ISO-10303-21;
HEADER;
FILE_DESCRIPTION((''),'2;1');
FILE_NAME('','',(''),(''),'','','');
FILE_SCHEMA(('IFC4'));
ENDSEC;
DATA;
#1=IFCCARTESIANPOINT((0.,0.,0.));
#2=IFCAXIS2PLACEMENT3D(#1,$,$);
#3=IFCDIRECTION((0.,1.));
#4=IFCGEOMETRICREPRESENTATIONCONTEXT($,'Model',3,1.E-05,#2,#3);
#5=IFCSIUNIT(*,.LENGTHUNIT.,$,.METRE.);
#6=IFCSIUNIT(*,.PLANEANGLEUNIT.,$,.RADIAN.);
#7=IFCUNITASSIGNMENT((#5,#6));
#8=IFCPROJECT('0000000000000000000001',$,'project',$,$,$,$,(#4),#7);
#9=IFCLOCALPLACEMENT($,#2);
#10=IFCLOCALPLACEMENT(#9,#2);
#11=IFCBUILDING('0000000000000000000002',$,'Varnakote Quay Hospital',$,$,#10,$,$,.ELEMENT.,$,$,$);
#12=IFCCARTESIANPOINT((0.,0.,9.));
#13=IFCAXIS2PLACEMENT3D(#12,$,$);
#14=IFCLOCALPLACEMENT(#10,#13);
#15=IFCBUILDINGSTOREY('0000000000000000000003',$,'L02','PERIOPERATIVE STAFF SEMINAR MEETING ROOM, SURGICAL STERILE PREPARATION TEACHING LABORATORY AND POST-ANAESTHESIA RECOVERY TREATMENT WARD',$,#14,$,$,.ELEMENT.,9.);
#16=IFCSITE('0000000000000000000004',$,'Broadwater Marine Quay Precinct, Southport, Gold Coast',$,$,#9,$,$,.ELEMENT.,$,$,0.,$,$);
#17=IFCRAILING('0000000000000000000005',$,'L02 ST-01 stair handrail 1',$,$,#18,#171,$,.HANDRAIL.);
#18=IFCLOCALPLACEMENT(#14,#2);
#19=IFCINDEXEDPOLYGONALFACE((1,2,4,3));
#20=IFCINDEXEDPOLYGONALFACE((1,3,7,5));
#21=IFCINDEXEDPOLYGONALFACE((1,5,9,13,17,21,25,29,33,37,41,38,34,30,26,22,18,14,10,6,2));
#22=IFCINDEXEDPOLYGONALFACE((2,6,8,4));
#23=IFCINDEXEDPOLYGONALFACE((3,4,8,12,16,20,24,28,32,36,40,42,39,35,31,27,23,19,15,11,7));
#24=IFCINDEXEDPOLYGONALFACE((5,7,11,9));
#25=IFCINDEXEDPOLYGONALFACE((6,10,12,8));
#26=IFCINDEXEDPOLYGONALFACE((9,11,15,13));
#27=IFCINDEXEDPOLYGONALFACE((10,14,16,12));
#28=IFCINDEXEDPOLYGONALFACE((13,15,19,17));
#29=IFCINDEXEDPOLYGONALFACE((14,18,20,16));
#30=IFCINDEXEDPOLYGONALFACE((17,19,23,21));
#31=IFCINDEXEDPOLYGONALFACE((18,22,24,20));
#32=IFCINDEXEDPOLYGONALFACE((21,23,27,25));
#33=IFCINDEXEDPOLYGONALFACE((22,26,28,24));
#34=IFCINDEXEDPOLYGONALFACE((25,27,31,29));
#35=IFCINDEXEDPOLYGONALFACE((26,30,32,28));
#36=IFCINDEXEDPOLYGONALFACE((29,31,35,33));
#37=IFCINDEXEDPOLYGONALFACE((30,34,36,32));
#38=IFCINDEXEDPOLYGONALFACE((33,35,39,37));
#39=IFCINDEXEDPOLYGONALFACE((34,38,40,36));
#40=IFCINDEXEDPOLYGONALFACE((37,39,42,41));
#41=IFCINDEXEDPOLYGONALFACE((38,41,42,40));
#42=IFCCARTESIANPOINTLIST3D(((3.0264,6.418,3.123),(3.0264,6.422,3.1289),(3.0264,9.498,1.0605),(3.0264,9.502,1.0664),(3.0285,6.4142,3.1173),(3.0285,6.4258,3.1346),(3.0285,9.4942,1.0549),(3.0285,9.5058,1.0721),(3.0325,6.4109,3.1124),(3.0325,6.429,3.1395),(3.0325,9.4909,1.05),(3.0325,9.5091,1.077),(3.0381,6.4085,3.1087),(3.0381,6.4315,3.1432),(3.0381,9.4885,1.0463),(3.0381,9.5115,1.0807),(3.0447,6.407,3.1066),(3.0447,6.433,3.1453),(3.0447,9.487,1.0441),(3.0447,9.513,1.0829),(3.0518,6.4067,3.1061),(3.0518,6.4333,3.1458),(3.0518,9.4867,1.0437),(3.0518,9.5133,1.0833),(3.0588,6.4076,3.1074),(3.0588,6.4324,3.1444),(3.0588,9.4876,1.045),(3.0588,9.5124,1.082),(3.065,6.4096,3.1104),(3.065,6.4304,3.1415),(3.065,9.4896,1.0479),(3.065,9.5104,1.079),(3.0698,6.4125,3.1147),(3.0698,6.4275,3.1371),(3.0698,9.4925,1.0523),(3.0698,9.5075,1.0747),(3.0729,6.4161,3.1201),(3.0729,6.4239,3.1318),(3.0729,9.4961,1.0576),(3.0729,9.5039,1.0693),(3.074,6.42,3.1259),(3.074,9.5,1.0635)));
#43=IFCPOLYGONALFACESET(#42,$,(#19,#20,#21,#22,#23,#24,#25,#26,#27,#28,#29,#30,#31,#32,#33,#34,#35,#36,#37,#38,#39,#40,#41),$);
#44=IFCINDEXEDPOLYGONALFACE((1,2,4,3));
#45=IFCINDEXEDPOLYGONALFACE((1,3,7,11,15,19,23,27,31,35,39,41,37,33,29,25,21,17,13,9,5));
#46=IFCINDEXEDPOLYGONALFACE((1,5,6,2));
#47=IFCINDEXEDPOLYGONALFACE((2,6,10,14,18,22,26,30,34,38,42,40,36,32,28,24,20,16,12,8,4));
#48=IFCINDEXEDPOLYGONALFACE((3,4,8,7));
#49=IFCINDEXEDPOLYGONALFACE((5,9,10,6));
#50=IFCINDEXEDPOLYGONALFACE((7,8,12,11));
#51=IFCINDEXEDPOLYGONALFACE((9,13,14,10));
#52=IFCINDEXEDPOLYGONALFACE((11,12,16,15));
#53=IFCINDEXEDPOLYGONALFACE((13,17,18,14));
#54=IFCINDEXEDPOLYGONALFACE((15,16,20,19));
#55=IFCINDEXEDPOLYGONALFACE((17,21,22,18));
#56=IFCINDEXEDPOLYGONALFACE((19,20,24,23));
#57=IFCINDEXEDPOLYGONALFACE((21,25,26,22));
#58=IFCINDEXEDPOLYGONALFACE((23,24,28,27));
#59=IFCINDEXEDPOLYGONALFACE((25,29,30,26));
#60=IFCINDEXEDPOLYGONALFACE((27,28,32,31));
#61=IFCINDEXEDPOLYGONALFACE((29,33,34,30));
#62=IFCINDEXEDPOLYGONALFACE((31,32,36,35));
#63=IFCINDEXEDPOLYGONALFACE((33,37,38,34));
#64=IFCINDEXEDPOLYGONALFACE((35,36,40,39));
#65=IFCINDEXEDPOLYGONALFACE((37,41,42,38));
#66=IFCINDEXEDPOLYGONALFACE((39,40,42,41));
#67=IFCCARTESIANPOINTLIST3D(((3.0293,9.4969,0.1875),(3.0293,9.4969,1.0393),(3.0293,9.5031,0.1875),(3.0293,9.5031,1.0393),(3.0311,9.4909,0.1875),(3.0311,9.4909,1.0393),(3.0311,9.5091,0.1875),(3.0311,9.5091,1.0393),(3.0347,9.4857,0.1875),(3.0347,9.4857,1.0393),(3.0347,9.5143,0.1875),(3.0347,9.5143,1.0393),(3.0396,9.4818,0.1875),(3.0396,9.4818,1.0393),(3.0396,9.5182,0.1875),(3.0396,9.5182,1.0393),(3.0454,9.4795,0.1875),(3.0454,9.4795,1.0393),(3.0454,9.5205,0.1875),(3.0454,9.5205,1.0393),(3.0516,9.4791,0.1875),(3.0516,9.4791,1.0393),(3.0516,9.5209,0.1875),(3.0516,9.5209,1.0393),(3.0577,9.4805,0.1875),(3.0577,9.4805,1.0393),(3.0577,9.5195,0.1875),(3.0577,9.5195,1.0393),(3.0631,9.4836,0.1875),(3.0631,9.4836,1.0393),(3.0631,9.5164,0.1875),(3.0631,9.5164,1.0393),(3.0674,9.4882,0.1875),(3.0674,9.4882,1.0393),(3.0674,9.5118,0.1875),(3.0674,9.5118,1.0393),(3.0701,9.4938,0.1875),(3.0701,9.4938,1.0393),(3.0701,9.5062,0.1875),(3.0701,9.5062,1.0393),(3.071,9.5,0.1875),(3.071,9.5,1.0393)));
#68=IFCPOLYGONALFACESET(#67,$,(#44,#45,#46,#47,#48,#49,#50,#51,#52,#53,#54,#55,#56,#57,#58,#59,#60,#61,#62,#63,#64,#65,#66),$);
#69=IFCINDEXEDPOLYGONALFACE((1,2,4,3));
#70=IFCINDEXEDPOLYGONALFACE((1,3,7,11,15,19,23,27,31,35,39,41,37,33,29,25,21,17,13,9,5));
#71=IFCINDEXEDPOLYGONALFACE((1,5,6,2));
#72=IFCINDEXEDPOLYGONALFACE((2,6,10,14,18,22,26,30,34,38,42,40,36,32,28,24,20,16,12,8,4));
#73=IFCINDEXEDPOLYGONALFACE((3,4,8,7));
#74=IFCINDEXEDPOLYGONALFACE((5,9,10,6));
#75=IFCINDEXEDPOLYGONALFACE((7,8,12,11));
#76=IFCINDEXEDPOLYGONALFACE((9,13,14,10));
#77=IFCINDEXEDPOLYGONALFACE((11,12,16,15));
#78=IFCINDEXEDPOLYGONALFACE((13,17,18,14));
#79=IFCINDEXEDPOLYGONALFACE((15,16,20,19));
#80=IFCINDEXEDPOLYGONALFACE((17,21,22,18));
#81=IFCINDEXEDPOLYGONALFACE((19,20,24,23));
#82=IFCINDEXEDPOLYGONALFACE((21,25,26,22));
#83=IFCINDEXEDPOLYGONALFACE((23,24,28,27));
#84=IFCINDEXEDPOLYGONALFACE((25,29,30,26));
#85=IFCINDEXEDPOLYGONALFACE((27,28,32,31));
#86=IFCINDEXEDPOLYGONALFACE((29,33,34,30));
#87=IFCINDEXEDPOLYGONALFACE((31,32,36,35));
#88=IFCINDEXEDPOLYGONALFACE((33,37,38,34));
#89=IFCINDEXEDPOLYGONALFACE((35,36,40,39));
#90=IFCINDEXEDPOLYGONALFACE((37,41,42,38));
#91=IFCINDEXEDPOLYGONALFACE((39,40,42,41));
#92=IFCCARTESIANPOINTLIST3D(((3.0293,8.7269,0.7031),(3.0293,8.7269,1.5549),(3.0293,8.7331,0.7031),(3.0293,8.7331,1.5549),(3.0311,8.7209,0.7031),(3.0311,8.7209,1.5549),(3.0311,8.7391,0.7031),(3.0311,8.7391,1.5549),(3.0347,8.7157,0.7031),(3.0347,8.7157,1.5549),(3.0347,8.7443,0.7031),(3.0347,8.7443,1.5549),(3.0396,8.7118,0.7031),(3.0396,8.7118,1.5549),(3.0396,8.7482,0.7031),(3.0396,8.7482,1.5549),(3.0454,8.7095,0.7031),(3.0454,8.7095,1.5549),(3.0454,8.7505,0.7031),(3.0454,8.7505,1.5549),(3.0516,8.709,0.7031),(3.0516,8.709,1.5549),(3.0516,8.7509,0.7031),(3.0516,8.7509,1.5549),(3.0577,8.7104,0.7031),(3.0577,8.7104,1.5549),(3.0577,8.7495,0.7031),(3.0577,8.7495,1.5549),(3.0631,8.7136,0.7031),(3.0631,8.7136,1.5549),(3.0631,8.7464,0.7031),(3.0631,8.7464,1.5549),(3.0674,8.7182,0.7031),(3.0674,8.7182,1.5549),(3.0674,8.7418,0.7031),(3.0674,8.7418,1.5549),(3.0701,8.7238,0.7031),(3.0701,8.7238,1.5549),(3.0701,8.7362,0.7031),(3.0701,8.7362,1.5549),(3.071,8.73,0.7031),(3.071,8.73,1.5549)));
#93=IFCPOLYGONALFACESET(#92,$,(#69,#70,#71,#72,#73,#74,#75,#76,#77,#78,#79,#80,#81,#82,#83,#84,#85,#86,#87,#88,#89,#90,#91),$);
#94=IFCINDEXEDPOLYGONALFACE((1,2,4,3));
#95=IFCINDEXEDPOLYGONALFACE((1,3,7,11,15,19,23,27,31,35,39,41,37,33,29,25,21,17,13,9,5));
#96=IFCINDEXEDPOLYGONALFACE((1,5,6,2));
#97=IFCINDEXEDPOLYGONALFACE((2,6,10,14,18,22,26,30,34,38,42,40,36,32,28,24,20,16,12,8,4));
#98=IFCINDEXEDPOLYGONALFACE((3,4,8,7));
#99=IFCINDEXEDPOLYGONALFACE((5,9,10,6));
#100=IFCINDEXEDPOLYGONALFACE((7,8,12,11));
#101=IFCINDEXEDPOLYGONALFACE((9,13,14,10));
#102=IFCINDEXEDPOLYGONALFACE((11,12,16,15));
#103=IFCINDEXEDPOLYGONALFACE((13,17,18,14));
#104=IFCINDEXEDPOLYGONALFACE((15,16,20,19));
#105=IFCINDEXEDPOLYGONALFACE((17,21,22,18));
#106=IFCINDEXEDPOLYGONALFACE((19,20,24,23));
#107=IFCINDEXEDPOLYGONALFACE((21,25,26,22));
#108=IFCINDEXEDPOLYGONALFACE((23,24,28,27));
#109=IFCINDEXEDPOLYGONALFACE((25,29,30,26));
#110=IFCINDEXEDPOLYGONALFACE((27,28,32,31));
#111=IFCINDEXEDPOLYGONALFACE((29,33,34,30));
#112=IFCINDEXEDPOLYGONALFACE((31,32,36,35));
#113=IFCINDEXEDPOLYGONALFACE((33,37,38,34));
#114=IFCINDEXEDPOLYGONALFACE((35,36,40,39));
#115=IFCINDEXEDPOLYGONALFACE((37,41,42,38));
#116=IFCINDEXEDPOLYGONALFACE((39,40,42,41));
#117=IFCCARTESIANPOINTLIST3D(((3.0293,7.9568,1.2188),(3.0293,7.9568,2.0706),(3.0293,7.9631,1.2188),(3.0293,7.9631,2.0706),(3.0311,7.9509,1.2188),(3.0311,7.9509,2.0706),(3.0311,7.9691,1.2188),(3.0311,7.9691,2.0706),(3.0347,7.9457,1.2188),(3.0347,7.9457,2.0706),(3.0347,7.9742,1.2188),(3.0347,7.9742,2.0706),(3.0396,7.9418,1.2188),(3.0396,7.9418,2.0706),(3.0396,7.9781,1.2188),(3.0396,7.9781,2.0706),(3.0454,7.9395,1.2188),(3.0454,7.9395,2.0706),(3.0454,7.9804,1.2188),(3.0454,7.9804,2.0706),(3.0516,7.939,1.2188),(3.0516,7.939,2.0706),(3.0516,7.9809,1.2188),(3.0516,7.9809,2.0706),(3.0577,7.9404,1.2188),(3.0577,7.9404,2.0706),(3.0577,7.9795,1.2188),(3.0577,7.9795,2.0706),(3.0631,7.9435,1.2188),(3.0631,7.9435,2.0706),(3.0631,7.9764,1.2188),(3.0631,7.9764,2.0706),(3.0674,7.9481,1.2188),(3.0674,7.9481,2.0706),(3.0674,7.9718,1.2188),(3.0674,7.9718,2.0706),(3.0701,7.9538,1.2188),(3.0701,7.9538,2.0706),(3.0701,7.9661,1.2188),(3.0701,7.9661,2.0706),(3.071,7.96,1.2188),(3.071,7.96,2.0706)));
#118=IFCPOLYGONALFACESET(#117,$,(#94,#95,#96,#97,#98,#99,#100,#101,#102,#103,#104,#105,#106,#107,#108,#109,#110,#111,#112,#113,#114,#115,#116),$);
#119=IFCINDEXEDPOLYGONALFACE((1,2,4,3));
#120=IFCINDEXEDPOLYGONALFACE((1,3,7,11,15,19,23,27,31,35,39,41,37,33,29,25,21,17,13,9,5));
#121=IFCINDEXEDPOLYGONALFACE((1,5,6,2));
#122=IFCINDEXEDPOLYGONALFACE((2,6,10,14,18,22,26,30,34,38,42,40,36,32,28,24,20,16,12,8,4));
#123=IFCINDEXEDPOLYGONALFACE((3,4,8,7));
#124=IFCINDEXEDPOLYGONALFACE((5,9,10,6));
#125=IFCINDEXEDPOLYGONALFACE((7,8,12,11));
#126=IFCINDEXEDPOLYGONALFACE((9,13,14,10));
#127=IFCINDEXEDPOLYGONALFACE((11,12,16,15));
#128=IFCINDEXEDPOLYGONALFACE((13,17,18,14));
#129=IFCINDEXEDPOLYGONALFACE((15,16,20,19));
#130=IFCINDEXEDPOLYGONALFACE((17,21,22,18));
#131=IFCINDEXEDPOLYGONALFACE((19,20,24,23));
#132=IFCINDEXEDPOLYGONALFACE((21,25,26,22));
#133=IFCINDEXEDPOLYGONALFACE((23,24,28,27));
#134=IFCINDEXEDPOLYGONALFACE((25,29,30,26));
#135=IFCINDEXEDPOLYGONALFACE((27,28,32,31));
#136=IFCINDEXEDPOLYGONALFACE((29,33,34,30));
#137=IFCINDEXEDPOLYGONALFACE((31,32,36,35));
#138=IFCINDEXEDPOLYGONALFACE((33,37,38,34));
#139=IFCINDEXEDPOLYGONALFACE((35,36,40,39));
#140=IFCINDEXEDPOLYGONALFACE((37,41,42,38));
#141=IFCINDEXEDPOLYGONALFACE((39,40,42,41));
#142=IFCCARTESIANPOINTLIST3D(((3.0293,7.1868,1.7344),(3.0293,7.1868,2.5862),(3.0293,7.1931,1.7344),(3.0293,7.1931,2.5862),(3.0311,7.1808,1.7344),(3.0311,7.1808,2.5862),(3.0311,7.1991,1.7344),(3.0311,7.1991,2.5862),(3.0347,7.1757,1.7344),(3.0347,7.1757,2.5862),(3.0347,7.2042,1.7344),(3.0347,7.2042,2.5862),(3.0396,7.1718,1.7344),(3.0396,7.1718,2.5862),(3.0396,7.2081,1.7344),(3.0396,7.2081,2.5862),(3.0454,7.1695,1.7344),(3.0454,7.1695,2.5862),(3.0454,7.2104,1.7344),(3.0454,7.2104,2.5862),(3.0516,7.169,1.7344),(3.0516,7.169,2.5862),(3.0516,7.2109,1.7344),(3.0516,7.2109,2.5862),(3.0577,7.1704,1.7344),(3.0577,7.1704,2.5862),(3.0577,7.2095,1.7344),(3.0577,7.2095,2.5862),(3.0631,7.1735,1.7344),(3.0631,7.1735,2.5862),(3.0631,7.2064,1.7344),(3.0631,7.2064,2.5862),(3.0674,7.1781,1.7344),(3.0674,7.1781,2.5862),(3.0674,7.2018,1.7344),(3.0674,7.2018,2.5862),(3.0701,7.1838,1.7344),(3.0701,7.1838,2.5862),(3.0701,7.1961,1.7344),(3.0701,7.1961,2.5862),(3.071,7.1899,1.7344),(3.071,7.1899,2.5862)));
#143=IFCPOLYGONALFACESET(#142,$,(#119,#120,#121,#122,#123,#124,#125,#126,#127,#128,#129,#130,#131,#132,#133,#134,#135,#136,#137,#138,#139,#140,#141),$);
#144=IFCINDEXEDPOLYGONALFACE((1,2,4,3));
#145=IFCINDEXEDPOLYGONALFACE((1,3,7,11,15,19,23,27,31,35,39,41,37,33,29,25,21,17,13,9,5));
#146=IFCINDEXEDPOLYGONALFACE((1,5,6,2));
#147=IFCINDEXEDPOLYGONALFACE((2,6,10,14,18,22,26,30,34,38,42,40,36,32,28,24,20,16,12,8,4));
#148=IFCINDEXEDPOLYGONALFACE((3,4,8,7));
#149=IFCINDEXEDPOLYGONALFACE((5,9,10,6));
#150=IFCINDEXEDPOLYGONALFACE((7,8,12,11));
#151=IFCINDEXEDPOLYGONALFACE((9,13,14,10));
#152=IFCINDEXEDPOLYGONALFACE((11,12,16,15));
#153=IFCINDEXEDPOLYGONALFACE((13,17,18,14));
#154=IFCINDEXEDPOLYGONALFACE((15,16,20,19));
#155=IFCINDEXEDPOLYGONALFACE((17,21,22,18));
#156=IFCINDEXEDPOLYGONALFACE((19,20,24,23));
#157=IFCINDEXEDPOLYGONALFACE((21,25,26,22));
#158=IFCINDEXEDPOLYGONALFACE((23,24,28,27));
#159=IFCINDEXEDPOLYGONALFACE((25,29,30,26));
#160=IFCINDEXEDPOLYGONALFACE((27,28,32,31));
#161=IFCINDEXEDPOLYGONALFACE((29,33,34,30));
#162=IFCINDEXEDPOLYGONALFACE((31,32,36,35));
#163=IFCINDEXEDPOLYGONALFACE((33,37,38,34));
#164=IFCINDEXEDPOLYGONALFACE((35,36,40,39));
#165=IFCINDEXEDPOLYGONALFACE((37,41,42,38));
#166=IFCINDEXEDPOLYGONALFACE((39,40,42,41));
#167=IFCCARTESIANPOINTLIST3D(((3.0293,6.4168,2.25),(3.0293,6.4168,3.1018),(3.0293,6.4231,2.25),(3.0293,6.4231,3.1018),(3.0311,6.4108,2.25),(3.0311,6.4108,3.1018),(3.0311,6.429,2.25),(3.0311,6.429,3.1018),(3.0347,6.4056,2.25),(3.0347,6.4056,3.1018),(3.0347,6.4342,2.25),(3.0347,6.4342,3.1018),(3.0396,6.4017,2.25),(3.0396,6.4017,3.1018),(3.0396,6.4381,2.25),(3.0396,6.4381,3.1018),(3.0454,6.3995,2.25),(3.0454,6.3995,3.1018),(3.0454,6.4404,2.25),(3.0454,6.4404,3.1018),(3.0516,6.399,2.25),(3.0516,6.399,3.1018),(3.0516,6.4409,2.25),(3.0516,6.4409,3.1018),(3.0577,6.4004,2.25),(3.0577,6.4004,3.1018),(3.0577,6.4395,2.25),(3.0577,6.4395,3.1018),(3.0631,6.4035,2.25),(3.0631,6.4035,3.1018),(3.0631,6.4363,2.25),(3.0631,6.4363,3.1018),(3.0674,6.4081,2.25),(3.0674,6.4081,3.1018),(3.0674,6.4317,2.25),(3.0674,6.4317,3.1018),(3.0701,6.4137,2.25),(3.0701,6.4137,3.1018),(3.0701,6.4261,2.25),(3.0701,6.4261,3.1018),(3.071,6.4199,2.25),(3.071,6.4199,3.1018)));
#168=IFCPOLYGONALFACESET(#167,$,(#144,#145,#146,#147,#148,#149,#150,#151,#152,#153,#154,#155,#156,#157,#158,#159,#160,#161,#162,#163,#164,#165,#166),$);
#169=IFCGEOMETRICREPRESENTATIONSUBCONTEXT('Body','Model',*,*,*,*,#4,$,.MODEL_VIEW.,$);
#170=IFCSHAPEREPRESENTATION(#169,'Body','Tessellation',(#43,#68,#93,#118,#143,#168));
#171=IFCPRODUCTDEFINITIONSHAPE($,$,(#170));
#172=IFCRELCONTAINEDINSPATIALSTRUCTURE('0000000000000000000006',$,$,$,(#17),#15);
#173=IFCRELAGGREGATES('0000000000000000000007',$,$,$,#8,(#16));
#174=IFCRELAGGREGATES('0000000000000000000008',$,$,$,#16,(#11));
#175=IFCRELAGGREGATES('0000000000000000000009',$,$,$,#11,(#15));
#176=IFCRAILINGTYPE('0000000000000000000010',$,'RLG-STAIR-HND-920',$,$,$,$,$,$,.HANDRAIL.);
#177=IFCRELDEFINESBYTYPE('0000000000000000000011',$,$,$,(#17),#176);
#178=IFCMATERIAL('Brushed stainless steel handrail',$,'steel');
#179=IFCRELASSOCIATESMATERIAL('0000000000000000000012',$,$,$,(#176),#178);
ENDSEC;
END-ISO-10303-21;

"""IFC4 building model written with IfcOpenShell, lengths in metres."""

from ifc_helpers import new_model, si_unit, direction, frame, origin, origin_2d, place, context, subcontext, project, spatial, circle, extrude, material, type_object, element, save


model = new_model("IFC4")

# Units and contexts
model_context = context("Model", 3, precision=1e-05, world=origin(), true_north=direction((0.0, 1.0)))
body_context = subcontext(model_context, "Body", "Model", "MODEL_VIEW")
ifc_project = project(units=[si_unit("LENGTHUNIT", "METRE"), si_unit("PLANEANGLEUNIT", "RADIAN")], contexts=[model_context])

# Site, building, storey
site_placement = place(None, origin())
site = spatial("IfcSite", under=ifc_project, at=site_placement, Name="Broadwater Marine Quay Precinct, Southport, Gold Coast", CompositionType="ELEMENT", RefElevation=0.0)
building_placement = place(site_placement, origin())
building = spatial("IfcBuilding", under=site, at=building_placement, Name="Varnakote Quay Hospital", CompositionType="ELEMENT")
storey_placement = place(building_placement, frame((0.0, 0.0, 9.0)))
storey = spatial("IfcBuildingStorey", under=building, at=storey_placement, Name="L02", Description="PERIOPERATIVE STAFF SEMINAR MEETING ROOM, SURGICAL STERILE PREPARATION TEACHING LABORATORY AND POST-ANAESTHESIA RECOVERY TREATMENT WARD", CompositionType="ELEMENT", Elevation=9.0)

# Railing
ifc_material_1 = material(Name="Brushed stainless steel handrail", Category="steel")
railing_type_1 = type_object("IfcRailingType", Name="RLG-STAIR-HND-920", PredefinedType="HANDRAIL", material=ifc_material_1)
railing_1_placement = place(storey_placement, frame((3.05, 9.5, 0.1875)))
element("IfcRailing", 1, at=railing_1_placement, inside=storey, type_object=railing_type_1, Name="L02 ST-01 stair handrail 1", PredefinedType="HANDRAIL", context=body_context, shape_type="SweptSolid", body=[
    extrude(circle(Radius=0.0239, at=origin_2d()), frame((0.0, 0.0, 0.876), z_axis=(0.0, -0.830914, 0.556401), x_axis=(1.0, 0.0, 0.0)), (0.0, 0.0, 1.0), 3.7068),
    extrude(circle(Radius=0.021, at=origin_2d()), origin(), (0.0, 0.0, 1.0), 0.8518),
    extrude(circle(Radius=0.021, at=origin_2d()), frame((0.0, -0.77, 0.5156)), (0.0, 0.0, 1.0), 0.8518),
    extrude(circle(Radius=0.021, at=origin_2d()), frame((0.0, -1.54, 1.0312)), (0.0, 0.0, 1.0), 0.8518),
    extrude(circle(Radius=0.021, at=origin_2d()), frame((0.0, -2.3101, 1.5469)), (0.0, 0.0, 1.0), 0.8518),
    extrude(circle(Radius=0.021, at=origin_2d()), frame((0.0, -3.0801, 2.0625)), (0.0, 0.0, 1.0), 0.8518),
])

save(model, "model.ifc")
